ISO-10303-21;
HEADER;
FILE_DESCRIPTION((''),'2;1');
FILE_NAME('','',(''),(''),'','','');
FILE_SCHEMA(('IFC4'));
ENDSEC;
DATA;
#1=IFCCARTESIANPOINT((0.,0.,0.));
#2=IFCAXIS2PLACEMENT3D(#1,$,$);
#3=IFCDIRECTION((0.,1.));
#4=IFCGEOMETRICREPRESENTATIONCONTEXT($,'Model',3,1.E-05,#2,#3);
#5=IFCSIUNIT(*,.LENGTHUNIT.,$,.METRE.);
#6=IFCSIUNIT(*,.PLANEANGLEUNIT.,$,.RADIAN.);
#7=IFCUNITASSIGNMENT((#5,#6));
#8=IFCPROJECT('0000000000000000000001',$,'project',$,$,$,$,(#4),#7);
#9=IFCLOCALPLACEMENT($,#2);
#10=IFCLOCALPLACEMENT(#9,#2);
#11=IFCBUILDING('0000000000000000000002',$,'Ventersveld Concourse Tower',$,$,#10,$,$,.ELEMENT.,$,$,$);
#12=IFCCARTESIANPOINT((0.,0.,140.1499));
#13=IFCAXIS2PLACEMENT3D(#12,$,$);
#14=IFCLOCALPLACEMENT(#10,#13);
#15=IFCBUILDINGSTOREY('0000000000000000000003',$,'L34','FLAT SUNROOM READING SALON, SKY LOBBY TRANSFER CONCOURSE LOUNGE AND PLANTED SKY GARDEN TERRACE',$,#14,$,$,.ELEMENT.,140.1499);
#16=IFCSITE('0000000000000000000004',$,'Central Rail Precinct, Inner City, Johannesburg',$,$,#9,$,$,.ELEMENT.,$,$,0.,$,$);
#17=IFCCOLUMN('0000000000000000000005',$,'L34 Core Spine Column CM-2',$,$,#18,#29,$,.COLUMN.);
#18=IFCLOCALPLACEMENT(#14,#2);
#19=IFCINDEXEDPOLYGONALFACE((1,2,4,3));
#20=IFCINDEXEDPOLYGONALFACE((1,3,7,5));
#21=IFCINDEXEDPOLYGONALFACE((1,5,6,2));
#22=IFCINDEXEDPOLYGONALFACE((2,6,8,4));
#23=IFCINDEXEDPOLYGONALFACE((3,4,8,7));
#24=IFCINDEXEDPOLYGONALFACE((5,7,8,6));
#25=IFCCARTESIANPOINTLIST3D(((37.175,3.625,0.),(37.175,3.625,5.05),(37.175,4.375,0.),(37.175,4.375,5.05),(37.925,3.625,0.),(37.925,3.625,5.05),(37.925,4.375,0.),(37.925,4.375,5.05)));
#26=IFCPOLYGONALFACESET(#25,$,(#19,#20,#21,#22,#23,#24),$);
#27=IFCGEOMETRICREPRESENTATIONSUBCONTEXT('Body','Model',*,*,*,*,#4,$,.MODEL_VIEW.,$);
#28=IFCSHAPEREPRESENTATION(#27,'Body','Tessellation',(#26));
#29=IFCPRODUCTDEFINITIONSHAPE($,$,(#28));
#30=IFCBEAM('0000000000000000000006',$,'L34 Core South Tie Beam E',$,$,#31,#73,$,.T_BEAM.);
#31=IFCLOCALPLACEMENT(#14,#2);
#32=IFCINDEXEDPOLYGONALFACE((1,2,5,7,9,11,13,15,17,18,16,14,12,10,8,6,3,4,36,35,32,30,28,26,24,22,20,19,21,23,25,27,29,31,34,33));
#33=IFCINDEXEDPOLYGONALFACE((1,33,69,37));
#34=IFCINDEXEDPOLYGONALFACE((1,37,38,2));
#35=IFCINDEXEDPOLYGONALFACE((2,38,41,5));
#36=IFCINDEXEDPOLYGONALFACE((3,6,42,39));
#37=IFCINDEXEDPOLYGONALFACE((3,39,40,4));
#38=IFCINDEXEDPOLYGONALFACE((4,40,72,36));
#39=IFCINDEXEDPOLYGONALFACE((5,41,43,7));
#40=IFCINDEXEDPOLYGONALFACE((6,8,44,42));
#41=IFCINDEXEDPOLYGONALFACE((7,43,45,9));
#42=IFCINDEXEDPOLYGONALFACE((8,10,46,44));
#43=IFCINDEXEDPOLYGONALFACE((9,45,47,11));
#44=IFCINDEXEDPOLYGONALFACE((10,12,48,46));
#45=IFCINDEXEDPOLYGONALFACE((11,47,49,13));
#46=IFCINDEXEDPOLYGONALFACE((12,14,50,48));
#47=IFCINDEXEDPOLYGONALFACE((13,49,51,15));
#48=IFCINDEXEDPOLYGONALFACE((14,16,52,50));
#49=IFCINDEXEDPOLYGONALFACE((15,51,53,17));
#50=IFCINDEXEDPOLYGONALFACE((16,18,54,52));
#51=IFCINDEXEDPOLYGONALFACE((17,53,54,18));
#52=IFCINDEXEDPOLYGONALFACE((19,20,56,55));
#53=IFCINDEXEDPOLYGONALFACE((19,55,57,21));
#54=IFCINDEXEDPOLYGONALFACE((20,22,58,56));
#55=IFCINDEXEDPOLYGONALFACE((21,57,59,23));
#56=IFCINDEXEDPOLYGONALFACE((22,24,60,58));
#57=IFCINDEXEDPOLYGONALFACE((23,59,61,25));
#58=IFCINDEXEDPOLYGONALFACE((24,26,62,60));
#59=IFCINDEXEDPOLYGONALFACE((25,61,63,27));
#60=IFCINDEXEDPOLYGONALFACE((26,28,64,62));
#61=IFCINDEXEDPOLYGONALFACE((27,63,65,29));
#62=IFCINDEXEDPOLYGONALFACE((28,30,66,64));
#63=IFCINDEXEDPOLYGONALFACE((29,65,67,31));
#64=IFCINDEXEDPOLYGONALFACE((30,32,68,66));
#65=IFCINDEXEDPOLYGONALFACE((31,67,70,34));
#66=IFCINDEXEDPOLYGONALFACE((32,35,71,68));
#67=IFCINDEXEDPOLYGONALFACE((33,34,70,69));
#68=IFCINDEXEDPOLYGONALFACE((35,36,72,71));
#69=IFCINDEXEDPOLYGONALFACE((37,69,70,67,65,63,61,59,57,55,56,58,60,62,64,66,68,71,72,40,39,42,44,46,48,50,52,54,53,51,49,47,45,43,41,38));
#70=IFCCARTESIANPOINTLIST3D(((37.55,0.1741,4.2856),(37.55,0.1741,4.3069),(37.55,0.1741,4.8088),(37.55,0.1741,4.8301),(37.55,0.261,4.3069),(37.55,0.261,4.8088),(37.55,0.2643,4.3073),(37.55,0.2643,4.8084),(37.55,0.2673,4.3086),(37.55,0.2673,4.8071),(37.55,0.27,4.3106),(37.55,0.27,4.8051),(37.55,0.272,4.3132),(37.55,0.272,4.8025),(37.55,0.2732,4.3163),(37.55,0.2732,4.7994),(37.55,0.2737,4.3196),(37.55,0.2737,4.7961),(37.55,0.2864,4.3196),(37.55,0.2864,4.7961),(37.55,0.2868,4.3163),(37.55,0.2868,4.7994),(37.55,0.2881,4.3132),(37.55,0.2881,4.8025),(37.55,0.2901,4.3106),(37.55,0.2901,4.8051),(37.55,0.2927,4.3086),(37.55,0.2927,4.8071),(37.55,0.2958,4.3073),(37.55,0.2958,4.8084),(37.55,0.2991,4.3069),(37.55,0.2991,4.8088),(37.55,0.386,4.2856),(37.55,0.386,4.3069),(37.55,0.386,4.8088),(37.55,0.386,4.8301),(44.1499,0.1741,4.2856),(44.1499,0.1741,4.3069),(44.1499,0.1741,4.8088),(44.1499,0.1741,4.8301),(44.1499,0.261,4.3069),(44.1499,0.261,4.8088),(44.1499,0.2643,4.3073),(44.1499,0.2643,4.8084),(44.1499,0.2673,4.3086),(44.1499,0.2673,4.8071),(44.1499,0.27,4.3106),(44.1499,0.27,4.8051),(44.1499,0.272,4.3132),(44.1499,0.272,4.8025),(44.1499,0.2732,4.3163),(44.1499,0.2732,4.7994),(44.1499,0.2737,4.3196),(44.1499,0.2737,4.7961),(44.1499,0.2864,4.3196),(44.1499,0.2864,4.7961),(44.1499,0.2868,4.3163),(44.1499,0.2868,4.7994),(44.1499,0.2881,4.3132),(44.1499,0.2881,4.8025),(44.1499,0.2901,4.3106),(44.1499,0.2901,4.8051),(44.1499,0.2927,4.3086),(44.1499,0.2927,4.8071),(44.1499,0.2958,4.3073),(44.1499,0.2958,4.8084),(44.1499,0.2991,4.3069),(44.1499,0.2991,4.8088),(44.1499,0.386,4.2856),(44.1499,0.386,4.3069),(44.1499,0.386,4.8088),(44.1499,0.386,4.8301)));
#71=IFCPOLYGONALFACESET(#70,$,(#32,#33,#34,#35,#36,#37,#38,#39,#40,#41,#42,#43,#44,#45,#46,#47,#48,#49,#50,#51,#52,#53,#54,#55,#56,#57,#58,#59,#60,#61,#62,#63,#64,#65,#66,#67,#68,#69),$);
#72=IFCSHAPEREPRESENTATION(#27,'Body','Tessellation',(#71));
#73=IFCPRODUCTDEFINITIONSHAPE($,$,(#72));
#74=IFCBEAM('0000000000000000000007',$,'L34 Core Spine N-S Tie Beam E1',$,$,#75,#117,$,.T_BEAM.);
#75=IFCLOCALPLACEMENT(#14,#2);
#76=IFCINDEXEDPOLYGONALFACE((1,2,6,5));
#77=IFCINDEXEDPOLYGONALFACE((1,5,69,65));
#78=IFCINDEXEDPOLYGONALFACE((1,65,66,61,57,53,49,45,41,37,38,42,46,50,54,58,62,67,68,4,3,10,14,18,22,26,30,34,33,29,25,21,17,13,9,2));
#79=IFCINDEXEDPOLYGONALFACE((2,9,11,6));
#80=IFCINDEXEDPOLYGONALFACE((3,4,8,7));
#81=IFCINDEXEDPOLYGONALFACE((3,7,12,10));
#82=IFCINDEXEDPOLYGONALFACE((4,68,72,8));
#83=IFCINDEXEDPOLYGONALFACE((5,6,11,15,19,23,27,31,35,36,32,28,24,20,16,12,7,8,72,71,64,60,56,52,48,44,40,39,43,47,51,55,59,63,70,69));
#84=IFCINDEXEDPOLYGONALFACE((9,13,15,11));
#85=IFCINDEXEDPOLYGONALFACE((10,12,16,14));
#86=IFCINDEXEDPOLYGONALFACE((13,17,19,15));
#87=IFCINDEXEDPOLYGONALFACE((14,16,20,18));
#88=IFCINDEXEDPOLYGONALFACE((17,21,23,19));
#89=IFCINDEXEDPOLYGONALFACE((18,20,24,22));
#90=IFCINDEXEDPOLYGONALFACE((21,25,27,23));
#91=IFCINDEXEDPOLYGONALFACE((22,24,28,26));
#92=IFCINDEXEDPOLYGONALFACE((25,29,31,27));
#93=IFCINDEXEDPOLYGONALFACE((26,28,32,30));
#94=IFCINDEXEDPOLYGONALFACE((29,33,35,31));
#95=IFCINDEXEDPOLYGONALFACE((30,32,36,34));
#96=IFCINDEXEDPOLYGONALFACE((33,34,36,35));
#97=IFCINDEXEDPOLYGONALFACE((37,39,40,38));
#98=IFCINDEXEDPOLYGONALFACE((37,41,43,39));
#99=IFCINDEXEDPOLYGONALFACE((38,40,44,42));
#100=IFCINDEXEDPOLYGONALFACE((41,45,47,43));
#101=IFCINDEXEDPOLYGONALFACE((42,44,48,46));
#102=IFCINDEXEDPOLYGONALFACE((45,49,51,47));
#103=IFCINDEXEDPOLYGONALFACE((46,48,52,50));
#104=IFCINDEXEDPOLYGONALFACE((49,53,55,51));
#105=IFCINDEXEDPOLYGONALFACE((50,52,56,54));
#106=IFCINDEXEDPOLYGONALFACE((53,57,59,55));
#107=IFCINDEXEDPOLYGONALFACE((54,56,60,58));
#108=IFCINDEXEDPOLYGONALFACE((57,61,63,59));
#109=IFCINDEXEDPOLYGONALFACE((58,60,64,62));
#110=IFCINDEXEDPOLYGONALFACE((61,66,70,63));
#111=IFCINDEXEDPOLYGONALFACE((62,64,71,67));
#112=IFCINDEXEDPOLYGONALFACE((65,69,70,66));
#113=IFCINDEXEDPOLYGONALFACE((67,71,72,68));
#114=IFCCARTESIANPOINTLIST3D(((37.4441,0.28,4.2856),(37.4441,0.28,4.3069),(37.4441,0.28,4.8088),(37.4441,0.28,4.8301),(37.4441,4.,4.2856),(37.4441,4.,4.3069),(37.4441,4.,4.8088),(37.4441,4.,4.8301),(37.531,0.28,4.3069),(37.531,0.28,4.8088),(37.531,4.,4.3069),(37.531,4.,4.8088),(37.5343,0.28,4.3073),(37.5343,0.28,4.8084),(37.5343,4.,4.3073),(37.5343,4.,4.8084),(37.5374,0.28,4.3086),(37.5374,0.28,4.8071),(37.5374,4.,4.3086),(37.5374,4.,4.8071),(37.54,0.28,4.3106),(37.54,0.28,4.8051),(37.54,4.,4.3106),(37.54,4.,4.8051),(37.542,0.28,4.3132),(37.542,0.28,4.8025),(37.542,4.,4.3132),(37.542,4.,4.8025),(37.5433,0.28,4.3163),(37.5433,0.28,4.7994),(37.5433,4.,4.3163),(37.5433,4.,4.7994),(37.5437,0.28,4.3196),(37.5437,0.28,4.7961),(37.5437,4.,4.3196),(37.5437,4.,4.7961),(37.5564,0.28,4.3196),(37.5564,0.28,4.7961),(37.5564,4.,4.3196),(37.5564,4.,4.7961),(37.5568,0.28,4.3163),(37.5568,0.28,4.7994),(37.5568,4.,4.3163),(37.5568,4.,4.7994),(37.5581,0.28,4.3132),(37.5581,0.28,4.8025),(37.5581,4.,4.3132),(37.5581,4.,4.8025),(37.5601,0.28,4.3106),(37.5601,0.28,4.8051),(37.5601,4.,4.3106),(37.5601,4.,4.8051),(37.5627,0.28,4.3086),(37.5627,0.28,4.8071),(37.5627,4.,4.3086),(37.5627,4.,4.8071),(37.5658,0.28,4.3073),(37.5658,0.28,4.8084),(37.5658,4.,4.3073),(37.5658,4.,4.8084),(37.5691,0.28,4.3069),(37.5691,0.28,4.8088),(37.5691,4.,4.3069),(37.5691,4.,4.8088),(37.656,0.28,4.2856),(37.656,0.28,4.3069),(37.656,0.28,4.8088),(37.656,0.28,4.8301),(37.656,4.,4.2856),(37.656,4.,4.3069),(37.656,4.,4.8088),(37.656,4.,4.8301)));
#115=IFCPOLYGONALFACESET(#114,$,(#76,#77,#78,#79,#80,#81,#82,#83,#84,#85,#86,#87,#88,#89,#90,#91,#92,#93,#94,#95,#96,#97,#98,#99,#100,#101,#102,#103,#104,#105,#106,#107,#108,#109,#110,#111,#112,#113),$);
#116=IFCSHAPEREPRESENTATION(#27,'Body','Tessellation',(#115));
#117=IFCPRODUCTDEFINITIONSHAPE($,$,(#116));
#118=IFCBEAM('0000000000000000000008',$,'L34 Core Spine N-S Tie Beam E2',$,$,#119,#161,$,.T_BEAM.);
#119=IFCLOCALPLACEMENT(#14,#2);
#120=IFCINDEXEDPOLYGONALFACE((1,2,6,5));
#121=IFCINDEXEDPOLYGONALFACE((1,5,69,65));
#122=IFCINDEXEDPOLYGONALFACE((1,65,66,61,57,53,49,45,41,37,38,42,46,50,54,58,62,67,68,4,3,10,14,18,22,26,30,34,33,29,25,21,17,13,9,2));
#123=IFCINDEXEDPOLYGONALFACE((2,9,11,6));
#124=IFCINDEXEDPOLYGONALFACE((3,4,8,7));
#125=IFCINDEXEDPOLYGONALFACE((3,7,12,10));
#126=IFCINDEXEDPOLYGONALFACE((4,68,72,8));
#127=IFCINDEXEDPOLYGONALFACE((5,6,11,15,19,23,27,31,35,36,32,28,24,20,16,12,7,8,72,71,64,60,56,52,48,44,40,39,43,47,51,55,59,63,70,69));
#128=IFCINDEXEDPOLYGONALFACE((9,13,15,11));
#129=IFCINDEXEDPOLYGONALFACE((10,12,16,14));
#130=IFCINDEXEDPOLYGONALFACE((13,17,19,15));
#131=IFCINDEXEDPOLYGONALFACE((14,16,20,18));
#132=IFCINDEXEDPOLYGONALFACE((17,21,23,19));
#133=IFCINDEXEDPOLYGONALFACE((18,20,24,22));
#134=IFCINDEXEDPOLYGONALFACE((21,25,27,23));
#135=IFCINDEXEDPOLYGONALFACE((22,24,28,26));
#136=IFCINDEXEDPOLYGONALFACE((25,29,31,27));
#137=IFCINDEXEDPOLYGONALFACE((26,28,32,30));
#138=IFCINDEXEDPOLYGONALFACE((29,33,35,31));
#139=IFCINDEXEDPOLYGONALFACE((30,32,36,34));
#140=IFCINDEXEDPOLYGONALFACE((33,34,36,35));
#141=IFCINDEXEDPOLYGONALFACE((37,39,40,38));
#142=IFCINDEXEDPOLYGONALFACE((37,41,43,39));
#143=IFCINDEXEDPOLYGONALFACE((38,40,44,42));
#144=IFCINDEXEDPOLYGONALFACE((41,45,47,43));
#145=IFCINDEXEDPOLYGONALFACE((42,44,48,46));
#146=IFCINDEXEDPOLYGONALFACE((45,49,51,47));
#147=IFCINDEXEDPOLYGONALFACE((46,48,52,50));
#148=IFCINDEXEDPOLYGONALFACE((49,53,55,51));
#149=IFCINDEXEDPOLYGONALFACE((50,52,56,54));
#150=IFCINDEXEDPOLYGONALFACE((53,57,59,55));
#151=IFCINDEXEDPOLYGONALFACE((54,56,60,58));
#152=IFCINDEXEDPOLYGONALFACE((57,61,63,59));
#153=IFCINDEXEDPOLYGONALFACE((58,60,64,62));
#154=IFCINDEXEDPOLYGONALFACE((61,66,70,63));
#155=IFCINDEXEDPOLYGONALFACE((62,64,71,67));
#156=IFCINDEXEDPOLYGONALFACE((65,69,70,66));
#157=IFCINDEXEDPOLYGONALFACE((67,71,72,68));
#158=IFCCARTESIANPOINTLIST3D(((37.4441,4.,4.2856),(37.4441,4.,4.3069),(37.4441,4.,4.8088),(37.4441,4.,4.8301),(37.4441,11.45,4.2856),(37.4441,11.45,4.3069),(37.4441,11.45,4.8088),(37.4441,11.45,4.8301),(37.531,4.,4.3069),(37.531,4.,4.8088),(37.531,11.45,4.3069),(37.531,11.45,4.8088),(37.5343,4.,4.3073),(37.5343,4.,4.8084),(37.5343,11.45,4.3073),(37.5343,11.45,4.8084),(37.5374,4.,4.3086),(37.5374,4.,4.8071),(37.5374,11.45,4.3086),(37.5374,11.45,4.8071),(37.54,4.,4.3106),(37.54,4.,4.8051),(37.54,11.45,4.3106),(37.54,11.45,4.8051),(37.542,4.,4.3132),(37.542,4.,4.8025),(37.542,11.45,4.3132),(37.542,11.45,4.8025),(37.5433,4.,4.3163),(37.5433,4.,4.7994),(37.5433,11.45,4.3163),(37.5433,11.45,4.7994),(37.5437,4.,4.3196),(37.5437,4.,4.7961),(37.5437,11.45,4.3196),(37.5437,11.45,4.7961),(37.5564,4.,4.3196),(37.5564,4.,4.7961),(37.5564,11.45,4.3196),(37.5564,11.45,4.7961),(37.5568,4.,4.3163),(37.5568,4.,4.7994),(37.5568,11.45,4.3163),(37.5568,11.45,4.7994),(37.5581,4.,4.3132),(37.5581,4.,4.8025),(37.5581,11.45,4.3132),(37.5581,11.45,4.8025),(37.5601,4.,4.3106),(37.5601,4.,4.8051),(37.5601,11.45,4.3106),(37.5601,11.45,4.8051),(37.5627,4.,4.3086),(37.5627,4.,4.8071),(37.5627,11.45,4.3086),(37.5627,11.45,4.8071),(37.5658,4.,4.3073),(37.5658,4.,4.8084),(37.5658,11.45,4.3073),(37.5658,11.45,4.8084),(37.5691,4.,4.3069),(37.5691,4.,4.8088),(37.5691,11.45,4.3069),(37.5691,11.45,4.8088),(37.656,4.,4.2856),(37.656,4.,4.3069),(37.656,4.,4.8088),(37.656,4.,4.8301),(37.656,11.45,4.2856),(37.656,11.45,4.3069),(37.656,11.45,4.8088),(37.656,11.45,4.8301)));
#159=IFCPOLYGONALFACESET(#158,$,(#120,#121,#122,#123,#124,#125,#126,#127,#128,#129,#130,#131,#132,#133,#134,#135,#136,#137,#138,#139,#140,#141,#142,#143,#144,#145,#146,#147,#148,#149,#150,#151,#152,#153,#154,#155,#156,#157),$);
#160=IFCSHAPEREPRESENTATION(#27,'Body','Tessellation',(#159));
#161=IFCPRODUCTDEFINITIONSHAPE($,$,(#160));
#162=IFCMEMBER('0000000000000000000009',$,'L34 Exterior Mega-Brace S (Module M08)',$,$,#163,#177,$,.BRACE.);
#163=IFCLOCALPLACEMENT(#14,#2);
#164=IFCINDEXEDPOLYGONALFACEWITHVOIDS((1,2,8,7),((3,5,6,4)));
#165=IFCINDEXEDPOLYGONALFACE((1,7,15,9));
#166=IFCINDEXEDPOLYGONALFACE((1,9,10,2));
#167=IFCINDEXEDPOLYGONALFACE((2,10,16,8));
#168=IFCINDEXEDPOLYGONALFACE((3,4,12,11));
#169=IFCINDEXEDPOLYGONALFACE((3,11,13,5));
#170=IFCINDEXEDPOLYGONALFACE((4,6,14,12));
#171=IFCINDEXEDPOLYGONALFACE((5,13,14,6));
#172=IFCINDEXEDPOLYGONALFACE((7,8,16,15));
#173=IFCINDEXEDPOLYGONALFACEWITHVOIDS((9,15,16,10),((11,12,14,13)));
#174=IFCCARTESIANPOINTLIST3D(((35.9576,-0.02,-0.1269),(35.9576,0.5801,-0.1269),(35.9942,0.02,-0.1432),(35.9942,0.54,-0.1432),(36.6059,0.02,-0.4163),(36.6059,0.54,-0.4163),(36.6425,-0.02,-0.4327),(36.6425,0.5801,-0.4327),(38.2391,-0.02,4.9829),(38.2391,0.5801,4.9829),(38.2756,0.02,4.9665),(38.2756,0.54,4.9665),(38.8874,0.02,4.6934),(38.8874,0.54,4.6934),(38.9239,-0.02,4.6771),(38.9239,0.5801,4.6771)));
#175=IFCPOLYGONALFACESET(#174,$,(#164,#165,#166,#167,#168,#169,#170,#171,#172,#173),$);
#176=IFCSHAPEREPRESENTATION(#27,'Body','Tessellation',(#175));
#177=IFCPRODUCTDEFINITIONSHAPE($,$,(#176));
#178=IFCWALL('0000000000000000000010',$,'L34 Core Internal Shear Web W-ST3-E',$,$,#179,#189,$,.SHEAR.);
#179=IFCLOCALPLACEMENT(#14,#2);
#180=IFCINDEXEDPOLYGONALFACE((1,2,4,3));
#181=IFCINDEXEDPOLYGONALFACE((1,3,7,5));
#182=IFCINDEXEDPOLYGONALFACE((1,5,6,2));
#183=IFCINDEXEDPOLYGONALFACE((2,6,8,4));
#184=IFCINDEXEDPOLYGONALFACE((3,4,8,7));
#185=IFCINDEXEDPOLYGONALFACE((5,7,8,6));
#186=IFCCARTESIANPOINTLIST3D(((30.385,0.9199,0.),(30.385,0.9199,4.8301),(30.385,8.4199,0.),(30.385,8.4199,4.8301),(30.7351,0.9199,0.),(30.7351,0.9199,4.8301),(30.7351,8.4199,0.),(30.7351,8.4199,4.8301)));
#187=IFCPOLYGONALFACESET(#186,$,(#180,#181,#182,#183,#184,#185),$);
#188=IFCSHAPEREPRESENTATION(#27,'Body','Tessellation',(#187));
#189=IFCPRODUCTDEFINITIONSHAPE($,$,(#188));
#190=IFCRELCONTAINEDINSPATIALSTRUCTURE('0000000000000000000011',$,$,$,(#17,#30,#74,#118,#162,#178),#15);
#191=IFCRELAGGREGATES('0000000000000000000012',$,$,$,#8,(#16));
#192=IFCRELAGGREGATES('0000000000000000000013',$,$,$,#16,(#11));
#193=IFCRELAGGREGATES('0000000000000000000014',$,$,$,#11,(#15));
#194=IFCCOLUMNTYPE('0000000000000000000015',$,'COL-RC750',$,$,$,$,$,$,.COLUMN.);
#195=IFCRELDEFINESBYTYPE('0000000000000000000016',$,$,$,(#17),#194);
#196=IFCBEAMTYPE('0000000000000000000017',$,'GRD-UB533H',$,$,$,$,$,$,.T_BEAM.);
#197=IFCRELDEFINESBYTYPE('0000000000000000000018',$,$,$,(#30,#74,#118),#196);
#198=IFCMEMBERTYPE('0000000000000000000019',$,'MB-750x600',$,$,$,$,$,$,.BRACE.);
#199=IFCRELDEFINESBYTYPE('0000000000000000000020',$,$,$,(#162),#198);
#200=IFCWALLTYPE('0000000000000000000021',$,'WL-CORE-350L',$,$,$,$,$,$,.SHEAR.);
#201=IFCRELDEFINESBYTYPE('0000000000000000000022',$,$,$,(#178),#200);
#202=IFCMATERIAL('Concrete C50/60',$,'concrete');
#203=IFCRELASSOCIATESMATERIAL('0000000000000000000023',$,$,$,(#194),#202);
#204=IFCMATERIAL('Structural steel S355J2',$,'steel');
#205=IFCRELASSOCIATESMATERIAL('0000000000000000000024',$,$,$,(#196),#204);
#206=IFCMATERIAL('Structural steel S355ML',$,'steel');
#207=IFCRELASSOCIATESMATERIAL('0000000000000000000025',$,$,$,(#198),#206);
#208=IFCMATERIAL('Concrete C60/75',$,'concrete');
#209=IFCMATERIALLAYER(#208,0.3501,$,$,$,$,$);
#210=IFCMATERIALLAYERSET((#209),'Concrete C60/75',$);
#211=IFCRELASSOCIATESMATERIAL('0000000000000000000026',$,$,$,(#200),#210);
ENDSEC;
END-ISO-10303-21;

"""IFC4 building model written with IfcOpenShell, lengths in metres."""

from ifc_helpers import new_model, si_unit, direction, frame, frame_2d, origin, origin_2d, place, context, subcontext, project, spatial, rectangle, hollow_rectangle, i_section, extrude, material, layer, layer_set, material_profile, profile_set, type_object, element, save


model = new_model("IFC4")

# Units and contexts
model_context = context("Model", 3, precision=1e-05, world=origin(), true_north=direction((0.0, 1.0)))
body_context = subcontext(model_context, "Body", "Model", "MODEL_VIEW")
ifc_project = project(units=[si_unit("LENGTHUNIT", "METRE"), si_unit("PLANEANGLEUNIT", "RADIAN")], contexts=[model_context])

# Site, building, storey
site_placement = place(None, origin())
site = spatial("IfcSite", under=ifc_project, at=site_placement, Name="Central Rail Precinct, Inner City, Johannesburg", CompositionType="ELEMENT", RefElevation=0.0)
building_placement = place(site_placement, origin())
building = spatial("IfcBuilding", under=site, at=building_placement, Name="Ventersveld Concourse Tower", CompositionType="ELEMENT")
storey_placement = place(building_placement, frame((0.0, 0.0, 140.1499)))
storey = spatial("IfcBuildingStorey", under=building, at=storey_placement, Name="L34", Description="FLAT SUNROOM READING SALON, SKY LOBBY TRANSFER CONCOURSE LOUNGE AND PLANTED SKY GARDEN TERRACE", CompositionType="ELEMENT", Elevation=140.1499)

# Column
ifc_material_1 = material(Name="Concrete C50/60", Category="concrete")
ifc_material_profile_1 = material_profile(ifc_material_1, rectangle(XDim=0.75, YDim=0.75, at=origin_2d()), Name="RC 750x750")
ifc_profile_set_1 = profile_set([ifc_material_profile_1], Name="Concrete C50/60")
column_type = type_object("IfcColumnType", Name="COL-RC750", PredefinedType="COLUMN", material=ifc_profile_set_1)
column_placement = place(storey_placement, frame((37.55, 4.0, 0.0), z_axis=(0.0, 0.0, 1.0), x_axis=(1.0, 0.0, 0.0)))
element("IfcColumn", 1, at=column_placement, inside=storey, type_object=column_type, Name="L34 Core Spine Column CM-2", PredefinedType="COLUMN", context=body_context, shape_type="SweptSolid", body=[
    extrude(rectangle(XDim=0.75, YDim=0.75, at=origin_2d()), origin(), (0.0, 0.0, 1.0), 5.05),
])

# Beams
ifc_material_2 = material(Name="Structural steel S355J2", Category="steel")
ifc_material_profile_2 = material_profile(ifc_material_2, i_section(OverallWidth=0.2119, OverallDepth=0.5444, WebThickness=0.0127, FlangeThickness=0.0212, FilletRadius=0.0127, at=origin_2d()), Name="UB 533x210x122")
ifc_profile_set_2 = profile_set([ifc_material_profile_2], Name="Structural steel S355J2")
beam_type = type_object("IfcBeamType", Name="GRD-UB533H", PredefinedType="T_BEAM", material=ifc_profile_set_2)
beam_1_placement = place(storey_placement, frame((37.55, 0.28, 4.5579), z_axis=(1.0, 0.0, 0.0), x_axis=(0.0, 1.0, 0.0)))
element("IfcBeam", 2, at=beam_1_placement, inside=storey, type_object=beam_type, Name="L34 Core South Tie Beam E", PredefinedType="T_BEAM", context=body_context, shape_type="SweptSolid", body=[
    extrude(i_section(OverallWidth=0.2119, OverallDepth=0.5444, WebThickness=0.0127, FlangeThickness=0.0212, FilletRadius=0.0127, at=origin_2d()), origin(), (0.0, 0.0, 1.0), 6.5999),
])
beam_2_placement = place(storey_placement, frame((37.55, 0.28, 4.5579), z_axis=(0.0, 1.0, 0.0), x_axis=(-1.0, 0.0, 0.0)))
element("IfcBeam", 3, at=beam_2_placement, inside=storey, type_object=beam_type, Name="L34 Core Spine N-S Tie Beam E1", PredefinedType="T_BEAM", context=body_context, shape_type="SweptSolid", body=[
    extrude(i_section(OverallWidth=0.2119, OverallDepth=0.5444, WebThickness=0.0127, FlangeThickness=0.0212, FilletRadius=0.0127, at=origin_2d()), origin(), (0.0, 0.0, 1.0), 3.72),
])
beam_3_placement = place(storey_placement, frame((37.55, 4.0, 4.5579), z_axis=(0.0, 1.0, 0.0), x_axis=(-1.0, 0.0, 0.0)))
element("IfcBeam", 4, at=beam_3_placement, inside=storey, type_object=beam_type, Name="L34 Core Spine N-S Tie Beam E2", PredefinedType="T_BEAM", context=body_context, shape_type="SweptSolid", body=[
    extrude(i_section(OverallWidth=0.2119, OverallDepth=0.5444, WebThickness=0.0127, FlangeThickness=0.0212, FilletRadius=0.0127, at=origin_2d()), origin(), (0.0, 0.0, 1.0), 7.45),
])

# Member
ifc_material_3 = material(Name="Structural steel S355ML", Category="steel")
ifc_material_profile_3 = material_profile(ifc_material_3, hollow_rectangle(XDim=0.6001, YDim=0.75, WallThickness=0.04, at=origin_2d()), Name="BOX 750x600x40")
ifc_profile_set_3 = profile_set([ifc_material_profile_3], Name="Structural steel S355ML")
member_type = type_object("IfcMemberType", Name="MB-750x600", PredefinedType="BRACE", material=ifc_profile_set_3)
member_placement = place(storey_placement, frame((36.3, 0.28, -0.2798), z_axis=(0.407696, 0.0, 0.913118), x_axis=(0.0, 1.0, 0.0)))
element("IfcMember", 5, at=member_placement, inside=storey, type_object=member_type, Name="L34 Exterior Mega-Brace S (Module M08)", PredefinedType="BRACE", context=body_context, shape_type="SweptSolid", body=[
    extrude(hollow_rectangle(XDim=0.6001, YDim=0.75, WallThickness=0.04, at=origin_2d()), origin(), (0.0, 0.0, 1.0), 5.5959),
])

# Wall
ifc_material_4 = material(Name="Concrete C60/75", Category="concrete")
ifc_layer_1 = layer(ifc_material_4, 0.3501)
ifc_layer_set_1 = layer_set([ifc_layer_1], Name="Concrete C60/75")
wall_type_1 = type_object("IfcWallType", Name="WL-CORE-350L", PredefinedType="SHEAR", material=ifc_layer_set_1)
for number, where, z_axis, x_axis, name in (
    (6, (30.5601, 0.9199, 0.0), (0.0, 0.0, 1.0), (0.0, 1.0, 0.0), "L34 Core Internal Shear Web W-ST3-E"),
):
    element("IfcWall", number, at=place(storey_placement, frame(where, z_axis=z_axis, x_axis=x_axis)), inside=storey, type_object=wall_type_1, Name=name, PredefinedType="SHEAR", context=body_context, shape_type="SweptSolid", body=[
        extrude(rectangle(XDim=7.5, YDim=0.3501, at=frame_2d((3.75, 0.0))), origin(), (0.0, 0.0, 1.0), 4.8301),
    ])

save(model, "model.ifc")
